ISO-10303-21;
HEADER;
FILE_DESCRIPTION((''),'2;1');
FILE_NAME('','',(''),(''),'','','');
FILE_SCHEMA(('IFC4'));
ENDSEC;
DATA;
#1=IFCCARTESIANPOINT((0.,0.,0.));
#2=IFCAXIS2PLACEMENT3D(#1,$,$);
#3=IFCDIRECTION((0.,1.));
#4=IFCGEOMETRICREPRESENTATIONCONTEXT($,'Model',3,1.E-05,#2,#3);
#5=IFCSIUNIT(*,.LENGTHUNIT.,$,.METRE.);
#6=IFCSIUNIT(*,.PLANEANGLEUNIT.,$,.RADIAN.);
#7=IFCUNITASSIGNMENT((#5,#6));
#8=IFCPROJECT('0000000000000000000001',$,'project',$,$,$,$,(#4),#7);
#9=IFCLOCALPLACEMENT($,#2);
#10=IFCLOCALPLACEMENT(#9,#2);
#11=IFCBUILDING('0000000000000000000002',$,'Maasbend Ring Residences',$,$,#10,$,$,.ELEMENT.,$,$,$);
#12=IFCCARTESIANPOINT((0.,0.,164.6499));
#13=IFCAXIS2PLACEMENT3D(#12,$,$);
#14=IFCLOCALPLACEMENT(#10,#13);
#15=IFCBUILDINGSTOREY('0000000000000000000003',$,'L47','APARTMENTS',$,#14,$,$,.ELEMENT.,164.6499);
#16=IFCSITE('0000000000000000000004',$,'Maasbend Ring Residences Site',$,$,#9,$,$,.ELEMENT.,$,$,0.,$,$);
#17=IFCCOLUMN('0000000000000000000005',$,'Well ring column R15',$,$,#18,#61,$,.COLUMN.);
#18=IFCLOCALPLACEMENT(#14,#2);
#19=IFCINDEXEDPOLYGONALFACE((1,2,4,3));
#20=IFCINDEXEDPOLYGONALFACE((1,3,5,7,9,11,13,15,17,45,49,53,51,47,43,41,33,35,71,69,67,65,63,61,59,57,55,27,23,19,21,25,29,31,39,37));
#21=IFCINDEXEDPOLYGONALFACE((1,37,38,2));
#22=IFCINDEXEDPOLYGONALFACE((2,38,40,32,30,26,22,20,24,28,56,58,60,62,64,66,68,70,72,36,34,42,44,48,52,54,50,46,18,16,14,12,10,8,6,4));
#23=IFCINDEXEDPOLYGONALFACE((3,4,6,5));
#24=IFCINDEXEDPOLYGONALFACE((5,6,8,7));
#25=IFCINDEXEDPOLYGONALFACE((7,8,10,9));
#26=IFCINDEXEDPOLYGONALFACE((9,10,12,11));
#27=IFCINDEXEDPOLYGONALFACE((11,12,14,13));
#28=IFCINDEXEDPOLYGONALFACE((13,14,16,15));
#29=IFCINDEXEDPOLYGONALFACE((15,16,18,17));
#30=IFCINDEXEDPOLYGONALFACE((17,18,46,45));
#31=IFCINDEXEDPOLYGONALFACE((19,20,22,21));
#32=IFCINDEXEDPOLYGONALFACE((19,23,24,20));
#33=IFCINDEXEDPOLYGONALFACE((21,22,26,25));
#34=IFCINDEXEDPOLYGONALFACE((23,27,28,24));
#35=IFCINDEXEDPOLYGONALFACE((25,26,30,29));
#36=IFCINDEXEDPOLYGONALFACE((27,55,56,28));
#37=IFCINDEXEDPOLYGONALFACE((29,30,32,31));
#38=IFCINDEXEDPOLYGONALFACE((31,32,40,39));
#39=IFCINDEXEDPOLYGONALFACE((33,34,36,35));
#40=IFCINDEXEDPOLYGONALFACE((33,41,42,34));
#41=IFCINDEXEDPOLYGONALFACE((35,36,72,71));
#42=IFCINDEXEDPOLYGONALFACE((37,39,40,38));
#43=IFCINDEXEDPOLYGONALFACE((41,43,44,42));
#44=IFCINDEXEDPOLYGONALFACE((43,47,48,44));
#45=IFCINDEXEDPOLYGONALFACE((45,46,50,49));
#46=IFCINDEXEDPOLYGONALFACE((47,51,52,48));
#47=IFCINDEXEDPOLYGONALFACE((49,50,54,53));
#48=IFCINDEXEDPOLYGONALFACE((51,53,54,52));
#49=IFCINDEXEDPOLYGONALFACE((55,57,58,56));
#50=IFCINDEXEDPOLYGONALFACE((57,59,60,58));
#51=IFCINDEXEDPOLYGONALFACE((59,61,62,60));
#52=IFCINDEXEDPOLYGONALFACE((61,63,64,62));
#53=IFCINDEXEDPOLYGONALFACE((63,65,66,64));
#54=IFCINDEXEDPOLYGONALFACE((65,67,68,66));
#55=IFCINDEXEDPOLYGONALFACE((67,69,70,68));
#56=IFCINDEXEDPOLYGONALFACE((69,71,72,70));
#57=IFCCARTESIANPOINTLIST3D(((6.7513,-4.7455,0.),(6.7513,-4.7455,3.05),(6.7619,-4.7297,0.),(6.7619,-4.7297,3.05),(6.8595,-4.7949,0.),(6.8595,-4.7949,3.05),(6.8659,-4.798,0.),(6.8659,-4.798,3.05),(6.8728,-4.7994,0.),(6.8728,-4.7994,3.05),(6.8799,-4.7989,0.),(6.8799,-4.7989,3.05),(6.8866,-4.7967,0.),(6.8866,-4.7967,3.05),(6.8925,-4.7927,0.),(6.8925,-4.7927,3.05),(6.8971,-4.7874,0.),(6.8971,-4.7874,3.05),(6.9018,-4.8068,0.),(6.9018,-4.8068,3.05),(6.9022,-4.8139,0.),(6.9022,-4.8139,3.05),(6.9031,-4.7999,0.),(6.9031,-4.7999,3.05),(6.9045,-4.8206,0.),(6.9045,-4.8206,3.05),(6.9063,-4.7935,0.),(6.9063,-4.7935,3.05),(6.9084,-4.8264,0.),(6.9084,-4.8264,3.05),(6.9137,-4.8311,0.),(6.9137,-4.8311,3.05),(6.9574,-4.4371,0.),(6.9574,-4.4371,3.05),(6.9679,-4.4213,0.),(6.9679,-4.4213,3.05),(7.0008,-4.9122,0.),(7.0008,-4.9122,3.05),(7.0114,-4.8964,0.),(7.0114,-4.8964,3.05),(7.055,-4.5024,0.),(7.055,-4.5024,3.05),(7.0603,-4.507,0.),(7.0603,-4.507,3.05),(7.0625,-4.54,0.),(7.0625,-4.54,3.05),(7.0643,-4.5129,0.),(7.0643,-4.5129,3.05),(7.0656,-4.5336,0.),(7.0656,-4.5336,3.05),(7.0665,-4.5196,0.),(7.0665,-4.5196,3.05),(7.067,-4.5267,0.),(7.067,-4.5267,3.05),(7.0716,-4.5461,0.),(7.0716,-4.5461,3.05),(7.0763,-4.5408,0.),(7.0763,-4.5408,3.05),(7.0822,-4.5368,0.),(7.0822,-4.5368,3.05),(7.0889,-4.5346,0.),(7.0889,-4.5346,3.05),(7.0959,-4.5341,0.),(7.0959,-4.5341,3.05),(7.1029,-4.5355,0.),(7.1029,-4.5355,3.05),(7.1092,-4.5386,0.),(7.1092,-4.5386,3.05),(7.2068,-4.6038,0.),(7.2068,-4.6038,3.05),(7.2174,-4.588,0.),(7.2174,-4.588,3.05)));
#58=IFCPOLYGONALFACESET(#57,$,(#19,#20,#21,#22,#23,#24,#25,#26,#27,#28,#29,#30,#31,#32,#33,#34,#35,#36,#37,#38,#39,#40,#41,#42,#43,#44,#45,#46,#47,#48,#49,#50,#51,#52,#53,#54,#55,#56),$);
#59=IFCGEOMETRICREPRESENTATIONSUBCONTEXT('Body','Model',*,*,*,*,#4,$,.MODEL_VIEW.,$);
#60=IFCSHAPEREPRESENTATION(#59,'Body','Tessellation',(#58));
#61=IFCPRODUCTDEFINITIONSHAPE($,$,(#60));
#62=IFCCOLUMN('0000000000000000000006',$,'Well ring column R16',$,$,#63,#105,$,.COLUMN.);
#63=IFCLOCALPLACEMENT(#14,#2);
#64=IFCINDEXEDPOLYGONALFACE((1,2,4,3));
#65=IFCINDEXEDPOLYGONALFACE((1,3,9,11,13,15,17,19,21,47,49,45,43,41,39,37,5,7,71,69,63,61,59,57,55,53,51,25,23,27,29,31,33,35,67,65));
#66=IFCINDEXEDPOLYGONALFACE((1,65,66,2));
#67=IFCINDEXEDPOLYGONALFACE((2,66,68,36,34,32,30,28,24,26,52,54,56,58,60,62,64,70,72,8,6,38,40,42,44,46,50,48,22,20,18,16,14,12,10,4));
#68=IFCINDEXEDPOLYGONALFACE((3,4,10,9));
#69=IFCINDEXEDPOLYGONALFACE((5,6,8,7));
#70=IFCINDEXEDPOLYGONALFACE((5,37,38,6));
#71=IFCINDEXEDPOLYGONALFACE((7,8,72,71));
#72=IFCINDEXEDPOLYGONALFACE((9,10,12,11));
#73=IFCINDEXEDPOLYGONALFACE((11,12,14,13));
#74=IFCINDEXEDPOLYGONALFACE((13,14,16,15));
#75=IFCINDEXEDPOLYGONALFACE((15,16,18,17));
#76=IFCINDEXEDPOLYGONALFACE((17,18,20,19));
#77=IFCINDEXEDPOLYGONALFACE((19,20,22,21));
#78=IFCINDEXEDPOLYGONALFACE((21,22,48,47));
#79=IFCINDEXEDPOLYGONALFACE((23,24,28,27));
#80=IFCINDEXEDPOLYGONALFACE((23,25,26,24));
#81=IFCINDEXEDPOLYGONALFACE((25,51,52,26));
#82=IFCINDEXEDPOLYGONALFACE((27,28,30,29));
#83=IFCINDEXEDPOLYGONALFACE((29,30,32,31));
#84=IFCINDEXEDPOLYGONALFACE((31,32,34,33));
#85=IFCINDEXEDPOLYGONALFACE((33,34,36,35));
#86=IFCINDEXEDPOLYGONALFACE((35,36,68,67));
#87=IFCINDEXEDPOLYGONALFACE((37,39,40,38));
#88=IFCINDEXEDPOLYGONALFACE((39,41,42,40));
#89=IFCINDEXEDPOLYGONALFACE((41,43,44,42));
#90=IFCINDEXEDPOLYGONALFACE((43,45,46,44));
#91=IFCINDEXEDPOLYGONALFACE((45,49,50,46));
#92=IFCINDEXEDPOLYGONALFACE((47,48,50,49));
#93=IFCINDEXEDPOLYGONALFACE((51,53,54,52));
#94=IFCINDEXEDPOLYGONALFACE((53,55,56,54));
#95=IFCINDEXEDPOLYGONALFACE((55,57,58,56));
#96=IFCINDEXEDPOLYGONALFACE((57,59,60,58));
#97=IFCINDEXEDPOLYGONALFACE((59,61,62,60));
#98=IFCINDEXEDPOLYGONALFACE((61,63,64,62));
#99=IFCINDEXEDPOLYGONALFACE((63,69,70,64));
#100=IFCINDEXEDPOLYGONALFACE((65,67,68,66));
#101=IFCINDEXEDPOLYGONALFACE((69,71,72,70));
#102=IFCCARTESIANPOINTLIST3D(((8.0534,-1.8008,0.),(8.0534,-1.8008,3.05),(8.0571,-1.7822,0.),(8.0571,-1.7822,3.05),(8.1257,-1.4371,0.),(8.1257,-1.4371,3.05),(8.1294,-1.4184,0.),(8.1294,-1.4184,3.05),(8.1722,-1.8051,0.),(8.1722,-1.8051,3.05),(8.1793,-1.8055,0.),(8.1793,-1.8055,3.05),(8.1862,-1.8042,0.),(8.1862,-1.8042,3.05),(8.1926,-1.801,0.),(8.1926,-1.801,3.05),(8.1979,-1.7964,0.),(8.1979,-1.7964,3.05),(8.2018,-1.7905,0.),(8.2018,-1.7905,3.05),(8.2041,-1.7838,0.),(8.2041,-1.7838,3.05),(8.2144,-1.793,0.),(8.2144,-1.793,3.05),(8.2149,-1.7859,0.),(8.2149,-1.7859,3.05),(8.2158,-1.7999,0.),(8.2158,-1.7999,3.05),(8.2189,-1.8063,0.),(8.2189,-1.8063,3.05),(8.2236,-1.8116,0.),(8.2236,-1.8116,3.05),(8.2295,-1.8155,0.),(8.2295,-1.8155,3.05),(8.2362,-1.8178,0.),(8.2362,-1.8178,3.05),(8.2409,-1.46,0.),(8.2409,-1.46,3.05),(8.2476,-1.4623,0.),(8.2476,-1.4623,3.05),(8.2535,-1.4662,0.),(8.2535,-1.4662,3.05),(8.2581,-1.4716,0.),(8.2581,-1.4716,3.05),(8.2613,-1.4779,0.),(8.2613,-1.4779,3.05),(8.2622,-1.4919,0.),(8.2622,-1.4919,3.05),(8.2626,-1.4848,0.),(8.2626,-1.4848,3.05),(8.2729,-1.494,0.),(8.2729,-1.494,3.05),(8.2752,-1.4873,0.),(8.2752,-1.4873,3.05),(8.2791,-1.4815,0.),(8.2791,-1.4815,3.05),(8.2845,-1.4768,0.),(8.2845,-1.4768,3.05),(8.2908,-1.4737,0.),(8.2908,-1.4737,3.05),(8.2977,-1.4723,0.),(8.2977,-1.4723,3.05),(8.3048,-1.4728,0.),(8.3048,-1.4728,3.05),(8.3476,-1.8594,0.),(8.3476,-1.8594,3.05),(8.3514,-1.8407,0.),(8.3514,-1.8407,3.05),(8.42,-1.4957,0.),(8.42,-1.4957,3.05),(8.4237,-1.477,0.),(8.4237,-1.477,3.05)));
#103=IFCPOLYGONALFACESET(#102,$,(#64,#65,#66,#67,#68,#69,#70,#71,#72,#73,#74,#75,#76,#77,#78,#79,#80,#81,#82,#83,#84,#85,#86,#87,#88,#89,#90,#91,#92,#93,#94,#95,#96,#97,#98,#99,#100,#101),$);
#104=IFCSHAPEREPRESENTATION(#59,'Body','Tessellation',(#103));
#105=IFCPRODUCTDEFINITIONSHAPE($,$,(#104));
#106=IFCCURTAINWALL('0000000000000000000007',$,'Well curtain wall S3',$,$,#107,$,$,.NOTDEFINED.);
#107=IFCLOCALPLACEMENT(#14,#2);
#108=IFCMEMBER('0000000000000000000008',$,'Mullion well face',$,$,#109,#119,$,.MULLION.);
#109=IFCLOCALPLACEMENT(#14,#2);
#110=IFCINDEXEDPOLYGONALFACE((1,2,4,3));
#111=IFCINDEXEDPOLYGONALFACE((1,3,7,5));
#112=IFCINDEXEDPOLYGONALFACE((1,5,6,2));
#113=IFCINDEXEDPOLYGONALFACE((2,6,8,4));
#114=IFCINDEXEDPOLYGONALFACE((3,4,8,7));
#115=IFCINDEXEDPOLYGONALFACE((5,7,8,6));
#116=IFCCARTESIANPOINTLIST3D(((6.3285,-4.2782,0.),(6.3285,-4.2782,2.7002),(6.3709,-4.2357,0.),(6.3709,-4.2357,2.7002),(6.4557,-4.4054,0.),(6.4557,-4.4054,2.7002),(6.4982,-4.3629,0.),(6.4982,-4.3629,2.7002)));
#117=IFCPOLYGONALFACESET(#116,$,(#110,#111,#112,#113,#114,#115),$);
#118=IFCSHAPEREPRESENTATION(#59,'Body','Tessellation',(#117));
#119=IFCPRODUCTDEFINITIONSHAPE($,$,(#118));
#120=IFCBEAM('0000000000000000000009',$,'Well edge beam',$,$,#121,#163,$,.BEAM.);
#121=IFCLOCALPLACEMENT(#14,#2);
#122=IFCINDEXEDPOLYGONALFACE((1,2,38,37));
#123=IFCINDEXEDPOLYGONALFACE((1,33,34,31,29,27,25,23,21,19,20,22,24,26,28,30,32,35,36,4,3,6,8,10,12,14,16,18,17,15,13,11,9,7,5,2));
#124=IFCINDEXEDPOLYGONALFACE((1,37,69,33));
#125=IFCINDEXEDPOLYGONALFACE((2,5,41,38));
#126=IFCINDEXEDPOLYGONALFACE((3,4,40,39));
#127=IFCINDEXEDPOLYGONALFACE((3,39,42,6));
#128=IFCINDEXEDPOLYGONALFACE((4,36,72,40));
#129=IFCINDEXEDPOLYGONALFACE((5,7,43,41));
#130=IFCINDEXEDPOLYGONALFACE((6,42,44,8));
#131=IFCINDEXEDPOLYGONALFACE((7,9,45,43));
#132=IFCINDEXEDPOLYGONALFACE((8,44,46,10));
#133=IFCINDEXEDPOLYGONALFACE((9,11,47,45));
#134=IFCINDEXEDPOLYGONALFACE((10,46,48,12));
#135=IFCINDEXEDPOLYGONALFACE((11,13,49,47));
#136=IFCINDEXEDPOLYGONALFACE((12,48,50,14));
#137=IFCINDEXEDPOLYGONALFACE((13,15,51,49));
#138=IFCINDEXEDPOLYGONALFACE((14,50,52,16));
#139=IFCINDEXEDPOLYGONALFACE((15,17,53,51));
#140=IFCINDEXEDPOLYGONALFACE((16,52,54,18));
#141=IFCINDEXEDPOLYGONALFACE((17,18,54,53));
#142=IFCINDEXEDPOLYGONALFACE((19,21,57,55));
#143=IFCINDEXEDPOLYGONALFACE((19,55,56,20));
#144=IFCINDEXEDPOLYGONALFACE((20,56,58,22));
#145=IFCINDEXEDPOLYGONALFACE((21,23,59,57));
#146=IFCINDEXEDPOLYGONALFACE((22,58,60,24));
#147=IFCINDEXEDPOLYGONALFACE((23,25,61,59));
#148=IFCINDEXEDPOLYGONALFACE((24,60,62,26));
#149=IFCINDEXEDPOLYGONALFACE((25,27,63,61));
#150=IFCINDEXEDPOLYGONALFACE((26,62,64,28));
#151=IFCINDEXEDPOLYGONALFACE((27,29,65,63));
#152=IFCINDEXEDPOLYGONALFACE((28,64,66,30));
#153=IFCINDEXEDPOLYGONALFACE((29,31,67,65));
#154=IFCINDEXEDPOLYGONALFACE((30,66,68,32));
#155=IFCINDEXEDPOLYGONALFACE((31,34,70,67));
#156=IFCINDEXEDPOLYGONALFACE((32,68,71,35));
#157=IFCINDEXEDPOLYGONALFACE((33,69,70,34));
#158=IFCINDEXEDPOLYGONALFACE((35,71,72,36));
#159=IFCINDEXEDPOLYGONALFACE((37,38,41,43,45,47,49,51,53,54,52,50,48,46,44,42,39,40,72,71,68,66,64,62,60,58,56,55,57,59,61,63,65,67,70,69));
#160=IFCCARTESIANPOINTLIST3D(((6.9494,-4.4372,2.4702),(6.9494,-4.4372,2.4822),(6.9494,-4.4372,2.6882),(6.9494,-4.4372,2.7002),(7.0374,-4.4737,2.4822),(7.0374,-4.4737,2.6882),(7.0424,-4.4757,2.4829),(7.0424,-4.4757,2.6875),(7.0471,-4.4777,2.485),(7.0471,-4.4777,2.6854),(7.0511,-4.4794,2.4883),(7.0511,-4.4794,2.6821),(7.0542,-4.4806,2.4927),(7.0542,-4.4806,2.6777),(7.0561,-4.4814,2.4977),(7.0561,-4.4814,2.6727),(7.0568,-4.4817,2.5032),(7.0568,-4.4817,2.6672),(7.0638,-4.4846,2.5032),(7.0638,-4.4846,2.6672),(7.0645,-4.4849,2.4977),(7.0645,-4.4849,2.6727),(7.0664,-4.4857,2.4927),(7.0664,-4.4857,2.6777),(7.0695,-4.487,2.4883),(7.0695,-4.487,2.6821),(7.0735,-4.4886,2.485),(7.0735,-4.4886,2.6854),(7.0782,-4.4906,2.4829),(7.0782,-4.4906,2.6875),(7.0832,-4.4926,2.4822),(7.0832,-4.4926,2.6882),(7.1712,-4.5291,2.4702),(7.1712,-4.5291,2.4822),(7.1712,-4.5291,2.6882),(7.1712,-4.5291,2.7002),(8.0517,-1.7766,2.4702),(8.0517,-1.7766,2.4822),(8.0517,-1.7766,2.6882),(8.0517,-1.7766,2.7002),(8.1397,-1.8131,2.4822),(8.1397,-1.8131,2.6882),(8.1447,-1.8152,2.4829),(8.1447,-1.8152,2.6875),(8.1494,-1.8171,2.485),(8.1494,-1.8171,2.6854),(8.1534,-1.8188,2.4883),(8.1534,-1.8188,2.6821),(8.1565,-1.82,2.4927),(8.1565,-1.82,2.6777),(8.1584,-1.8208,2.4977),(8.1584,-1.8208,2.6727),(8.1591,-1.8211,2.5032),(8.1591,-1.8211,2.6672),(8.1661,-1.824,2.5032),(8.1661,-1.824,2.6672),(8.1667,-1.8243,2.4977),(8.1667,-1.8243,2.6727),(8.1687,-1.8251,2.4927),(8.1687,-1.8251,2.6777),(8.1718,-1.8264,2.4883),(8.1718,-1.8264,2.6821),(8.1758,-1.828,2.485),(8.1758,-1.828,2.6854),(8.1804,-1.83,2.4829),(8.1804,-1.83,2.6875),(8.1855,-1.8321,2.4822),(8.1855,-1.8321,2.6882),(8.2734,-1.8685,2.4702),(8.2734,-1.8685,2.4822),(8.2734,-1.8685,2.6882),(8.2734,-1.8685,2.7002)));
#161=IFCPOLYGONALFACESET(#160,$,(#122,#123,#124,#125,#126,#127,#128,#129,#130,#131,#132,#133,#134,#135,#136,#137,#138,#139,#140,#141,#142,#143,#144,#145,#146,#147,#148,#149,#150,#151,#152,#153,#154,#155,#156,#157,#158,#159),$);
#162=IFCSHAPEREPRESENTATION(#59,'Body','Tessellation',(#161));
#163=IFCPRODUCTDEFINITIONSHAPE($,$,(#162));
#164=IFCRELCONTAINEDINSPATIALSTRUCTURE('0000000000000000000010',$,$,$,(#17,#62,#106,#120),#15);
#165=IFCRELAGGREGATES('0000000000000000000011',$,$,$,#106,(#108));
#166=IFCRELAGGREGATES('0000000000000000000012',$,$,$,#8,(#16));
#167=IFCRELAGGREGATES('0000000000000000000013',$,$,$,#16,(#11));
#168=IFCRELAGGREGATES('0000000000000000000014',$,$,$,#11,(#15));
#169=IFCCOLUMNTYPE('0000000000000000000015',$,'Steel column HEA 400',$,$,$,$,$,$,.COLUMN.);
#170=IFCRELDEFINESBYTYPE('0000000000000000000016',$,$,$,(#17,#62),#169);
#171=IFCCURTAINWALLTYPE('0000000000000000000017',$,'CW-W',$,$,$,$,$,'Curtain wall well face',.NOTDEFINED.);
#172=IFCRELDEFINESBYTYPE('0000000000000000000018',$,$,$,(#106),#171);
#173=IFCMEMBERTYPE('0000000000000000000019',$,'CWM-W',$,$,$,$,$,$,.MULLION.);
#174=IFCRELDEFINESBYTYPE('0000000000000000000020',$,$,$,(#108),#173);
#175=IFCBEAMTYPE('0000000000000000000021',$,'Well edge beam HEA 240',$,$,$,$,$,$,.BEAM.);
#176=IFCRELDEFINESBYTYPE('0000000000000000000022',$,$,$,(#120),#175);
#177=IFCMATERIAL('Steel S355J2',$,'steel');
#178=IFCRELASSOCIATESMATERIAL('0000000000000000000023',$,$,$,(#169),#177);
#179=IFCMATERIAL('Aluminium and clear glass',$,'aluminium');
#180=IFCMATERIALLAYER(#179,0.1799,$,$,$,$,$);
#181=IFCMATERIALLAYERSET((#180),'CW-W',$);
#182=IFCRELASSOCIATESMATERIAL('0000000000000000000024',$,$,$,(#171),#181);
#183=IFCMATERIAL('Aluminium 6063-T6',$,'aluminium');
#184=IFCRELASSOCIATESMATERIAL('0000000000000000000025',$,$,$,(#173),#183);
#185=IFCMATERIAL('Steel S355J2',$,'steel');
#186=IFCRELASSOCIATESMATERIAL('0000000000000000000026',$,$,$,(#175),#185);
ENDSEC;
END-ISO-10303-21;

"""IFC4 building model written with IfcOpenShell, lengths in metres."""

from ifc_helpers import new_model, si_unit, direction, frame, origin, origin_2d, place, context, subcontext, project, spatial, rectangle, i_section, extrude, material, layer, layer_set, material_profile, profile_set, type_object, element, aggregate, save


model = new_model("IFC4")

# Units and contexts
model_context = context("Model", 3, precision=1e-05, world=origin(), true_north=direction((0.0, 1.0)))
body_context = subcontext(model_context, "Body", "Model", "MODEL_VIEW")
ifc_project = project(units=[si_unit("LENGTHUNIT", "METRE"), si_unit("PLANEANGLEUNIT", "RADIAN")], contexts=[model_context])

# Site, building, storey
site_placement = place(None, origin())
site = spatial("IfcSite", under=ifc_project, at=site_placement, Name="Maasbend Ring Residences Site", CompositionType="ELEMENT", RefElevation=0.0)
building_placement = place(site_placement, origin())
building = spatial("IfcBuilding", under=site, at=building_placement, Name="Maasbend Ring Residences", CompositionType="ELEMENT")
storey_placement = place(building_placement, frame((0.0, 0.0, 164.6499)))
storey = spatial("IfcBuildingStorey", under=building, at=storey_placement, Name="L47", Description="APARTMENTS", CompositionType="ELEMENT", Elevation=164.6499)

# Columns
ifc_material_1 = material(Name="Steel S355J2", Category="steel")
ifc_material_profile_1 = material_profile(ifc_material_1, i_section(OverallWidth=0.3, OverallDepth=0.3899, WebThickness=0.011, FlangeThickness=0.019, FilletRadius=0.0271, at=origin_2d()), Name="HEA 400")
ifc_profile_set_1 = profile_set([ifc_material_profile_1], Name="Steel S355J2")
column_type = type_object("IfcColumnType", Name="Steel column HEA 400", PredefinedType="COLUMN", material=ifc_profile_set_1)
for number, where, z_axis, x_axis, name in (
    (1, (6.9844, -4.6667, 0.0), (0.0, 0.0, 1.0), (0.83147, -0.55557, 0.0), "Well ring column R15"),
    (2, (8.2385, -1.6389, 0.0), (0.0, 0.0, 1.0), (0.980785, -0.19509, 0.0), "Well ring column R16"),
):
    element("IfcColumn", number, at=place(storey_placement, frame(where, z_axis=z_axis, x_axis=x_axis)), inside=storey, type_object=column_type, Name=name, PredefinedType="COLUMN", context=body_context, shape_type="SweptSolid", body=[
        extrude(i_section(OverallWidth=0.3, OverallDepth=0.3899, WebThickness=0.011, FlangeThickness=0.019, FilletRadius=0.0271, at=origin_2d()), origin(), (0.0, 0.0, 1.0), 3.05),
    ])

# Curtain wall, member
ifc_material_2 = material(Name="Aluminium and clear glass", Category="aluminium")
ifc_layer_1 = layer(ifc_material_2, 0.1799)
ifc_layer_set_1 = layer_set([ifc_layer_1], Name="CW-W")
curtain_wall_type = type_object("IfcCurtainWallType", Name="CW-W", ElementType="Curtain wall well face", PredefinedType="NOTDEFINED", material=ifc_layer_set_1)
curtain_wall_placement = place(storey_placement, origin())
curtain_wall = element("IfcCurtainWall", 3, at=curtain_wall_placement, inside=storey, type_object=curtain_wall_type, Name="Well curtain wall S3", PredefinedType="NOTDEFINED")
ifc_material_3 = material(Name="Aluminium 6063-T6", Category="aluminium")
ifc_material_profile_2 = material_profile(ifc_material_3, rectangle(XDim=0.1799, YDim=0.0601, at=origin_2d()), Name="AL 180x60")
ifc_profile_set_2 = profile_set([ifc_material_profile_2], Name="Aluminium 6063-T6")
member_type = type_object("IfcMemberType", Name="CWM-W", PredefinedType="MULLION", material=ifc_profile_set_2)
member_placement = place(storey_placement, frame((6.4133, -4.3206, 0.0), z_axis=(0.0, 0.0, 1.0), x_axis=(-0.707107, 0.707107, 0.0)))
member = element("IfcMember", 4, at=member_placement, type_object=member_type, Name="Mullion well face", PredefinedType="MULLION", context=body_context, shape_type="SweptSolid", body=[
    extrude(rectangle(XDim=0.1799, YDim=0.0601, at=origin_2d()), origin(), (0.0, 0.0, 1.0), 2.7002),
])
aggregate(curtain_wall, [member])

# Beam
ifc_material_4 = material(Name="Steel S355J2", Category="steel")
ifc_material_profile_3 = material_profile(ifc_material_4, i_section(OverallWidth=0.24, OverallDepth=0.23, WebThickness=0.0076, FlangeThickness=0.012, FilletRadius=0.021, at=origin_2d()), Name="HEA 240")
ifc_profile_set_3 = profile_set([ifc_material_profile_3], Name="Steel S355J2")
beam_type = type_object("IfcBeamType", Name="Well edge beam HEA 240", PredefinedType="BEAM", material=ifc_profile_set_3)
for number, where, z_axis, x_axis, name in (
    (5, (7.0603, -4.4832, 2.5852), (0.382749, 0.923853, 0.0), (-0.923853, 0.382749, 0.0), "Well edge beam"),
):
    element("IfcBeam", number, at=place(storey_placement, frame(where, z_axis=z_axis, x_axis=x_axis)), inside=storey, type_object=beam_type, Name=name, PredefinedType="BEAM", context=body_context, shape_type="SweptSolid", body=[
        extrude(i_section(OverallWidth=0.24, OverallDepth=0.23, WebThickness=0.0076, FlangeThickness=0.012, FilletRadius=0.021, at=origin_2d()), origin(), (0.0, 0.0, 1.0), 2.8799),
    ])

save(model, "model.ifc")
